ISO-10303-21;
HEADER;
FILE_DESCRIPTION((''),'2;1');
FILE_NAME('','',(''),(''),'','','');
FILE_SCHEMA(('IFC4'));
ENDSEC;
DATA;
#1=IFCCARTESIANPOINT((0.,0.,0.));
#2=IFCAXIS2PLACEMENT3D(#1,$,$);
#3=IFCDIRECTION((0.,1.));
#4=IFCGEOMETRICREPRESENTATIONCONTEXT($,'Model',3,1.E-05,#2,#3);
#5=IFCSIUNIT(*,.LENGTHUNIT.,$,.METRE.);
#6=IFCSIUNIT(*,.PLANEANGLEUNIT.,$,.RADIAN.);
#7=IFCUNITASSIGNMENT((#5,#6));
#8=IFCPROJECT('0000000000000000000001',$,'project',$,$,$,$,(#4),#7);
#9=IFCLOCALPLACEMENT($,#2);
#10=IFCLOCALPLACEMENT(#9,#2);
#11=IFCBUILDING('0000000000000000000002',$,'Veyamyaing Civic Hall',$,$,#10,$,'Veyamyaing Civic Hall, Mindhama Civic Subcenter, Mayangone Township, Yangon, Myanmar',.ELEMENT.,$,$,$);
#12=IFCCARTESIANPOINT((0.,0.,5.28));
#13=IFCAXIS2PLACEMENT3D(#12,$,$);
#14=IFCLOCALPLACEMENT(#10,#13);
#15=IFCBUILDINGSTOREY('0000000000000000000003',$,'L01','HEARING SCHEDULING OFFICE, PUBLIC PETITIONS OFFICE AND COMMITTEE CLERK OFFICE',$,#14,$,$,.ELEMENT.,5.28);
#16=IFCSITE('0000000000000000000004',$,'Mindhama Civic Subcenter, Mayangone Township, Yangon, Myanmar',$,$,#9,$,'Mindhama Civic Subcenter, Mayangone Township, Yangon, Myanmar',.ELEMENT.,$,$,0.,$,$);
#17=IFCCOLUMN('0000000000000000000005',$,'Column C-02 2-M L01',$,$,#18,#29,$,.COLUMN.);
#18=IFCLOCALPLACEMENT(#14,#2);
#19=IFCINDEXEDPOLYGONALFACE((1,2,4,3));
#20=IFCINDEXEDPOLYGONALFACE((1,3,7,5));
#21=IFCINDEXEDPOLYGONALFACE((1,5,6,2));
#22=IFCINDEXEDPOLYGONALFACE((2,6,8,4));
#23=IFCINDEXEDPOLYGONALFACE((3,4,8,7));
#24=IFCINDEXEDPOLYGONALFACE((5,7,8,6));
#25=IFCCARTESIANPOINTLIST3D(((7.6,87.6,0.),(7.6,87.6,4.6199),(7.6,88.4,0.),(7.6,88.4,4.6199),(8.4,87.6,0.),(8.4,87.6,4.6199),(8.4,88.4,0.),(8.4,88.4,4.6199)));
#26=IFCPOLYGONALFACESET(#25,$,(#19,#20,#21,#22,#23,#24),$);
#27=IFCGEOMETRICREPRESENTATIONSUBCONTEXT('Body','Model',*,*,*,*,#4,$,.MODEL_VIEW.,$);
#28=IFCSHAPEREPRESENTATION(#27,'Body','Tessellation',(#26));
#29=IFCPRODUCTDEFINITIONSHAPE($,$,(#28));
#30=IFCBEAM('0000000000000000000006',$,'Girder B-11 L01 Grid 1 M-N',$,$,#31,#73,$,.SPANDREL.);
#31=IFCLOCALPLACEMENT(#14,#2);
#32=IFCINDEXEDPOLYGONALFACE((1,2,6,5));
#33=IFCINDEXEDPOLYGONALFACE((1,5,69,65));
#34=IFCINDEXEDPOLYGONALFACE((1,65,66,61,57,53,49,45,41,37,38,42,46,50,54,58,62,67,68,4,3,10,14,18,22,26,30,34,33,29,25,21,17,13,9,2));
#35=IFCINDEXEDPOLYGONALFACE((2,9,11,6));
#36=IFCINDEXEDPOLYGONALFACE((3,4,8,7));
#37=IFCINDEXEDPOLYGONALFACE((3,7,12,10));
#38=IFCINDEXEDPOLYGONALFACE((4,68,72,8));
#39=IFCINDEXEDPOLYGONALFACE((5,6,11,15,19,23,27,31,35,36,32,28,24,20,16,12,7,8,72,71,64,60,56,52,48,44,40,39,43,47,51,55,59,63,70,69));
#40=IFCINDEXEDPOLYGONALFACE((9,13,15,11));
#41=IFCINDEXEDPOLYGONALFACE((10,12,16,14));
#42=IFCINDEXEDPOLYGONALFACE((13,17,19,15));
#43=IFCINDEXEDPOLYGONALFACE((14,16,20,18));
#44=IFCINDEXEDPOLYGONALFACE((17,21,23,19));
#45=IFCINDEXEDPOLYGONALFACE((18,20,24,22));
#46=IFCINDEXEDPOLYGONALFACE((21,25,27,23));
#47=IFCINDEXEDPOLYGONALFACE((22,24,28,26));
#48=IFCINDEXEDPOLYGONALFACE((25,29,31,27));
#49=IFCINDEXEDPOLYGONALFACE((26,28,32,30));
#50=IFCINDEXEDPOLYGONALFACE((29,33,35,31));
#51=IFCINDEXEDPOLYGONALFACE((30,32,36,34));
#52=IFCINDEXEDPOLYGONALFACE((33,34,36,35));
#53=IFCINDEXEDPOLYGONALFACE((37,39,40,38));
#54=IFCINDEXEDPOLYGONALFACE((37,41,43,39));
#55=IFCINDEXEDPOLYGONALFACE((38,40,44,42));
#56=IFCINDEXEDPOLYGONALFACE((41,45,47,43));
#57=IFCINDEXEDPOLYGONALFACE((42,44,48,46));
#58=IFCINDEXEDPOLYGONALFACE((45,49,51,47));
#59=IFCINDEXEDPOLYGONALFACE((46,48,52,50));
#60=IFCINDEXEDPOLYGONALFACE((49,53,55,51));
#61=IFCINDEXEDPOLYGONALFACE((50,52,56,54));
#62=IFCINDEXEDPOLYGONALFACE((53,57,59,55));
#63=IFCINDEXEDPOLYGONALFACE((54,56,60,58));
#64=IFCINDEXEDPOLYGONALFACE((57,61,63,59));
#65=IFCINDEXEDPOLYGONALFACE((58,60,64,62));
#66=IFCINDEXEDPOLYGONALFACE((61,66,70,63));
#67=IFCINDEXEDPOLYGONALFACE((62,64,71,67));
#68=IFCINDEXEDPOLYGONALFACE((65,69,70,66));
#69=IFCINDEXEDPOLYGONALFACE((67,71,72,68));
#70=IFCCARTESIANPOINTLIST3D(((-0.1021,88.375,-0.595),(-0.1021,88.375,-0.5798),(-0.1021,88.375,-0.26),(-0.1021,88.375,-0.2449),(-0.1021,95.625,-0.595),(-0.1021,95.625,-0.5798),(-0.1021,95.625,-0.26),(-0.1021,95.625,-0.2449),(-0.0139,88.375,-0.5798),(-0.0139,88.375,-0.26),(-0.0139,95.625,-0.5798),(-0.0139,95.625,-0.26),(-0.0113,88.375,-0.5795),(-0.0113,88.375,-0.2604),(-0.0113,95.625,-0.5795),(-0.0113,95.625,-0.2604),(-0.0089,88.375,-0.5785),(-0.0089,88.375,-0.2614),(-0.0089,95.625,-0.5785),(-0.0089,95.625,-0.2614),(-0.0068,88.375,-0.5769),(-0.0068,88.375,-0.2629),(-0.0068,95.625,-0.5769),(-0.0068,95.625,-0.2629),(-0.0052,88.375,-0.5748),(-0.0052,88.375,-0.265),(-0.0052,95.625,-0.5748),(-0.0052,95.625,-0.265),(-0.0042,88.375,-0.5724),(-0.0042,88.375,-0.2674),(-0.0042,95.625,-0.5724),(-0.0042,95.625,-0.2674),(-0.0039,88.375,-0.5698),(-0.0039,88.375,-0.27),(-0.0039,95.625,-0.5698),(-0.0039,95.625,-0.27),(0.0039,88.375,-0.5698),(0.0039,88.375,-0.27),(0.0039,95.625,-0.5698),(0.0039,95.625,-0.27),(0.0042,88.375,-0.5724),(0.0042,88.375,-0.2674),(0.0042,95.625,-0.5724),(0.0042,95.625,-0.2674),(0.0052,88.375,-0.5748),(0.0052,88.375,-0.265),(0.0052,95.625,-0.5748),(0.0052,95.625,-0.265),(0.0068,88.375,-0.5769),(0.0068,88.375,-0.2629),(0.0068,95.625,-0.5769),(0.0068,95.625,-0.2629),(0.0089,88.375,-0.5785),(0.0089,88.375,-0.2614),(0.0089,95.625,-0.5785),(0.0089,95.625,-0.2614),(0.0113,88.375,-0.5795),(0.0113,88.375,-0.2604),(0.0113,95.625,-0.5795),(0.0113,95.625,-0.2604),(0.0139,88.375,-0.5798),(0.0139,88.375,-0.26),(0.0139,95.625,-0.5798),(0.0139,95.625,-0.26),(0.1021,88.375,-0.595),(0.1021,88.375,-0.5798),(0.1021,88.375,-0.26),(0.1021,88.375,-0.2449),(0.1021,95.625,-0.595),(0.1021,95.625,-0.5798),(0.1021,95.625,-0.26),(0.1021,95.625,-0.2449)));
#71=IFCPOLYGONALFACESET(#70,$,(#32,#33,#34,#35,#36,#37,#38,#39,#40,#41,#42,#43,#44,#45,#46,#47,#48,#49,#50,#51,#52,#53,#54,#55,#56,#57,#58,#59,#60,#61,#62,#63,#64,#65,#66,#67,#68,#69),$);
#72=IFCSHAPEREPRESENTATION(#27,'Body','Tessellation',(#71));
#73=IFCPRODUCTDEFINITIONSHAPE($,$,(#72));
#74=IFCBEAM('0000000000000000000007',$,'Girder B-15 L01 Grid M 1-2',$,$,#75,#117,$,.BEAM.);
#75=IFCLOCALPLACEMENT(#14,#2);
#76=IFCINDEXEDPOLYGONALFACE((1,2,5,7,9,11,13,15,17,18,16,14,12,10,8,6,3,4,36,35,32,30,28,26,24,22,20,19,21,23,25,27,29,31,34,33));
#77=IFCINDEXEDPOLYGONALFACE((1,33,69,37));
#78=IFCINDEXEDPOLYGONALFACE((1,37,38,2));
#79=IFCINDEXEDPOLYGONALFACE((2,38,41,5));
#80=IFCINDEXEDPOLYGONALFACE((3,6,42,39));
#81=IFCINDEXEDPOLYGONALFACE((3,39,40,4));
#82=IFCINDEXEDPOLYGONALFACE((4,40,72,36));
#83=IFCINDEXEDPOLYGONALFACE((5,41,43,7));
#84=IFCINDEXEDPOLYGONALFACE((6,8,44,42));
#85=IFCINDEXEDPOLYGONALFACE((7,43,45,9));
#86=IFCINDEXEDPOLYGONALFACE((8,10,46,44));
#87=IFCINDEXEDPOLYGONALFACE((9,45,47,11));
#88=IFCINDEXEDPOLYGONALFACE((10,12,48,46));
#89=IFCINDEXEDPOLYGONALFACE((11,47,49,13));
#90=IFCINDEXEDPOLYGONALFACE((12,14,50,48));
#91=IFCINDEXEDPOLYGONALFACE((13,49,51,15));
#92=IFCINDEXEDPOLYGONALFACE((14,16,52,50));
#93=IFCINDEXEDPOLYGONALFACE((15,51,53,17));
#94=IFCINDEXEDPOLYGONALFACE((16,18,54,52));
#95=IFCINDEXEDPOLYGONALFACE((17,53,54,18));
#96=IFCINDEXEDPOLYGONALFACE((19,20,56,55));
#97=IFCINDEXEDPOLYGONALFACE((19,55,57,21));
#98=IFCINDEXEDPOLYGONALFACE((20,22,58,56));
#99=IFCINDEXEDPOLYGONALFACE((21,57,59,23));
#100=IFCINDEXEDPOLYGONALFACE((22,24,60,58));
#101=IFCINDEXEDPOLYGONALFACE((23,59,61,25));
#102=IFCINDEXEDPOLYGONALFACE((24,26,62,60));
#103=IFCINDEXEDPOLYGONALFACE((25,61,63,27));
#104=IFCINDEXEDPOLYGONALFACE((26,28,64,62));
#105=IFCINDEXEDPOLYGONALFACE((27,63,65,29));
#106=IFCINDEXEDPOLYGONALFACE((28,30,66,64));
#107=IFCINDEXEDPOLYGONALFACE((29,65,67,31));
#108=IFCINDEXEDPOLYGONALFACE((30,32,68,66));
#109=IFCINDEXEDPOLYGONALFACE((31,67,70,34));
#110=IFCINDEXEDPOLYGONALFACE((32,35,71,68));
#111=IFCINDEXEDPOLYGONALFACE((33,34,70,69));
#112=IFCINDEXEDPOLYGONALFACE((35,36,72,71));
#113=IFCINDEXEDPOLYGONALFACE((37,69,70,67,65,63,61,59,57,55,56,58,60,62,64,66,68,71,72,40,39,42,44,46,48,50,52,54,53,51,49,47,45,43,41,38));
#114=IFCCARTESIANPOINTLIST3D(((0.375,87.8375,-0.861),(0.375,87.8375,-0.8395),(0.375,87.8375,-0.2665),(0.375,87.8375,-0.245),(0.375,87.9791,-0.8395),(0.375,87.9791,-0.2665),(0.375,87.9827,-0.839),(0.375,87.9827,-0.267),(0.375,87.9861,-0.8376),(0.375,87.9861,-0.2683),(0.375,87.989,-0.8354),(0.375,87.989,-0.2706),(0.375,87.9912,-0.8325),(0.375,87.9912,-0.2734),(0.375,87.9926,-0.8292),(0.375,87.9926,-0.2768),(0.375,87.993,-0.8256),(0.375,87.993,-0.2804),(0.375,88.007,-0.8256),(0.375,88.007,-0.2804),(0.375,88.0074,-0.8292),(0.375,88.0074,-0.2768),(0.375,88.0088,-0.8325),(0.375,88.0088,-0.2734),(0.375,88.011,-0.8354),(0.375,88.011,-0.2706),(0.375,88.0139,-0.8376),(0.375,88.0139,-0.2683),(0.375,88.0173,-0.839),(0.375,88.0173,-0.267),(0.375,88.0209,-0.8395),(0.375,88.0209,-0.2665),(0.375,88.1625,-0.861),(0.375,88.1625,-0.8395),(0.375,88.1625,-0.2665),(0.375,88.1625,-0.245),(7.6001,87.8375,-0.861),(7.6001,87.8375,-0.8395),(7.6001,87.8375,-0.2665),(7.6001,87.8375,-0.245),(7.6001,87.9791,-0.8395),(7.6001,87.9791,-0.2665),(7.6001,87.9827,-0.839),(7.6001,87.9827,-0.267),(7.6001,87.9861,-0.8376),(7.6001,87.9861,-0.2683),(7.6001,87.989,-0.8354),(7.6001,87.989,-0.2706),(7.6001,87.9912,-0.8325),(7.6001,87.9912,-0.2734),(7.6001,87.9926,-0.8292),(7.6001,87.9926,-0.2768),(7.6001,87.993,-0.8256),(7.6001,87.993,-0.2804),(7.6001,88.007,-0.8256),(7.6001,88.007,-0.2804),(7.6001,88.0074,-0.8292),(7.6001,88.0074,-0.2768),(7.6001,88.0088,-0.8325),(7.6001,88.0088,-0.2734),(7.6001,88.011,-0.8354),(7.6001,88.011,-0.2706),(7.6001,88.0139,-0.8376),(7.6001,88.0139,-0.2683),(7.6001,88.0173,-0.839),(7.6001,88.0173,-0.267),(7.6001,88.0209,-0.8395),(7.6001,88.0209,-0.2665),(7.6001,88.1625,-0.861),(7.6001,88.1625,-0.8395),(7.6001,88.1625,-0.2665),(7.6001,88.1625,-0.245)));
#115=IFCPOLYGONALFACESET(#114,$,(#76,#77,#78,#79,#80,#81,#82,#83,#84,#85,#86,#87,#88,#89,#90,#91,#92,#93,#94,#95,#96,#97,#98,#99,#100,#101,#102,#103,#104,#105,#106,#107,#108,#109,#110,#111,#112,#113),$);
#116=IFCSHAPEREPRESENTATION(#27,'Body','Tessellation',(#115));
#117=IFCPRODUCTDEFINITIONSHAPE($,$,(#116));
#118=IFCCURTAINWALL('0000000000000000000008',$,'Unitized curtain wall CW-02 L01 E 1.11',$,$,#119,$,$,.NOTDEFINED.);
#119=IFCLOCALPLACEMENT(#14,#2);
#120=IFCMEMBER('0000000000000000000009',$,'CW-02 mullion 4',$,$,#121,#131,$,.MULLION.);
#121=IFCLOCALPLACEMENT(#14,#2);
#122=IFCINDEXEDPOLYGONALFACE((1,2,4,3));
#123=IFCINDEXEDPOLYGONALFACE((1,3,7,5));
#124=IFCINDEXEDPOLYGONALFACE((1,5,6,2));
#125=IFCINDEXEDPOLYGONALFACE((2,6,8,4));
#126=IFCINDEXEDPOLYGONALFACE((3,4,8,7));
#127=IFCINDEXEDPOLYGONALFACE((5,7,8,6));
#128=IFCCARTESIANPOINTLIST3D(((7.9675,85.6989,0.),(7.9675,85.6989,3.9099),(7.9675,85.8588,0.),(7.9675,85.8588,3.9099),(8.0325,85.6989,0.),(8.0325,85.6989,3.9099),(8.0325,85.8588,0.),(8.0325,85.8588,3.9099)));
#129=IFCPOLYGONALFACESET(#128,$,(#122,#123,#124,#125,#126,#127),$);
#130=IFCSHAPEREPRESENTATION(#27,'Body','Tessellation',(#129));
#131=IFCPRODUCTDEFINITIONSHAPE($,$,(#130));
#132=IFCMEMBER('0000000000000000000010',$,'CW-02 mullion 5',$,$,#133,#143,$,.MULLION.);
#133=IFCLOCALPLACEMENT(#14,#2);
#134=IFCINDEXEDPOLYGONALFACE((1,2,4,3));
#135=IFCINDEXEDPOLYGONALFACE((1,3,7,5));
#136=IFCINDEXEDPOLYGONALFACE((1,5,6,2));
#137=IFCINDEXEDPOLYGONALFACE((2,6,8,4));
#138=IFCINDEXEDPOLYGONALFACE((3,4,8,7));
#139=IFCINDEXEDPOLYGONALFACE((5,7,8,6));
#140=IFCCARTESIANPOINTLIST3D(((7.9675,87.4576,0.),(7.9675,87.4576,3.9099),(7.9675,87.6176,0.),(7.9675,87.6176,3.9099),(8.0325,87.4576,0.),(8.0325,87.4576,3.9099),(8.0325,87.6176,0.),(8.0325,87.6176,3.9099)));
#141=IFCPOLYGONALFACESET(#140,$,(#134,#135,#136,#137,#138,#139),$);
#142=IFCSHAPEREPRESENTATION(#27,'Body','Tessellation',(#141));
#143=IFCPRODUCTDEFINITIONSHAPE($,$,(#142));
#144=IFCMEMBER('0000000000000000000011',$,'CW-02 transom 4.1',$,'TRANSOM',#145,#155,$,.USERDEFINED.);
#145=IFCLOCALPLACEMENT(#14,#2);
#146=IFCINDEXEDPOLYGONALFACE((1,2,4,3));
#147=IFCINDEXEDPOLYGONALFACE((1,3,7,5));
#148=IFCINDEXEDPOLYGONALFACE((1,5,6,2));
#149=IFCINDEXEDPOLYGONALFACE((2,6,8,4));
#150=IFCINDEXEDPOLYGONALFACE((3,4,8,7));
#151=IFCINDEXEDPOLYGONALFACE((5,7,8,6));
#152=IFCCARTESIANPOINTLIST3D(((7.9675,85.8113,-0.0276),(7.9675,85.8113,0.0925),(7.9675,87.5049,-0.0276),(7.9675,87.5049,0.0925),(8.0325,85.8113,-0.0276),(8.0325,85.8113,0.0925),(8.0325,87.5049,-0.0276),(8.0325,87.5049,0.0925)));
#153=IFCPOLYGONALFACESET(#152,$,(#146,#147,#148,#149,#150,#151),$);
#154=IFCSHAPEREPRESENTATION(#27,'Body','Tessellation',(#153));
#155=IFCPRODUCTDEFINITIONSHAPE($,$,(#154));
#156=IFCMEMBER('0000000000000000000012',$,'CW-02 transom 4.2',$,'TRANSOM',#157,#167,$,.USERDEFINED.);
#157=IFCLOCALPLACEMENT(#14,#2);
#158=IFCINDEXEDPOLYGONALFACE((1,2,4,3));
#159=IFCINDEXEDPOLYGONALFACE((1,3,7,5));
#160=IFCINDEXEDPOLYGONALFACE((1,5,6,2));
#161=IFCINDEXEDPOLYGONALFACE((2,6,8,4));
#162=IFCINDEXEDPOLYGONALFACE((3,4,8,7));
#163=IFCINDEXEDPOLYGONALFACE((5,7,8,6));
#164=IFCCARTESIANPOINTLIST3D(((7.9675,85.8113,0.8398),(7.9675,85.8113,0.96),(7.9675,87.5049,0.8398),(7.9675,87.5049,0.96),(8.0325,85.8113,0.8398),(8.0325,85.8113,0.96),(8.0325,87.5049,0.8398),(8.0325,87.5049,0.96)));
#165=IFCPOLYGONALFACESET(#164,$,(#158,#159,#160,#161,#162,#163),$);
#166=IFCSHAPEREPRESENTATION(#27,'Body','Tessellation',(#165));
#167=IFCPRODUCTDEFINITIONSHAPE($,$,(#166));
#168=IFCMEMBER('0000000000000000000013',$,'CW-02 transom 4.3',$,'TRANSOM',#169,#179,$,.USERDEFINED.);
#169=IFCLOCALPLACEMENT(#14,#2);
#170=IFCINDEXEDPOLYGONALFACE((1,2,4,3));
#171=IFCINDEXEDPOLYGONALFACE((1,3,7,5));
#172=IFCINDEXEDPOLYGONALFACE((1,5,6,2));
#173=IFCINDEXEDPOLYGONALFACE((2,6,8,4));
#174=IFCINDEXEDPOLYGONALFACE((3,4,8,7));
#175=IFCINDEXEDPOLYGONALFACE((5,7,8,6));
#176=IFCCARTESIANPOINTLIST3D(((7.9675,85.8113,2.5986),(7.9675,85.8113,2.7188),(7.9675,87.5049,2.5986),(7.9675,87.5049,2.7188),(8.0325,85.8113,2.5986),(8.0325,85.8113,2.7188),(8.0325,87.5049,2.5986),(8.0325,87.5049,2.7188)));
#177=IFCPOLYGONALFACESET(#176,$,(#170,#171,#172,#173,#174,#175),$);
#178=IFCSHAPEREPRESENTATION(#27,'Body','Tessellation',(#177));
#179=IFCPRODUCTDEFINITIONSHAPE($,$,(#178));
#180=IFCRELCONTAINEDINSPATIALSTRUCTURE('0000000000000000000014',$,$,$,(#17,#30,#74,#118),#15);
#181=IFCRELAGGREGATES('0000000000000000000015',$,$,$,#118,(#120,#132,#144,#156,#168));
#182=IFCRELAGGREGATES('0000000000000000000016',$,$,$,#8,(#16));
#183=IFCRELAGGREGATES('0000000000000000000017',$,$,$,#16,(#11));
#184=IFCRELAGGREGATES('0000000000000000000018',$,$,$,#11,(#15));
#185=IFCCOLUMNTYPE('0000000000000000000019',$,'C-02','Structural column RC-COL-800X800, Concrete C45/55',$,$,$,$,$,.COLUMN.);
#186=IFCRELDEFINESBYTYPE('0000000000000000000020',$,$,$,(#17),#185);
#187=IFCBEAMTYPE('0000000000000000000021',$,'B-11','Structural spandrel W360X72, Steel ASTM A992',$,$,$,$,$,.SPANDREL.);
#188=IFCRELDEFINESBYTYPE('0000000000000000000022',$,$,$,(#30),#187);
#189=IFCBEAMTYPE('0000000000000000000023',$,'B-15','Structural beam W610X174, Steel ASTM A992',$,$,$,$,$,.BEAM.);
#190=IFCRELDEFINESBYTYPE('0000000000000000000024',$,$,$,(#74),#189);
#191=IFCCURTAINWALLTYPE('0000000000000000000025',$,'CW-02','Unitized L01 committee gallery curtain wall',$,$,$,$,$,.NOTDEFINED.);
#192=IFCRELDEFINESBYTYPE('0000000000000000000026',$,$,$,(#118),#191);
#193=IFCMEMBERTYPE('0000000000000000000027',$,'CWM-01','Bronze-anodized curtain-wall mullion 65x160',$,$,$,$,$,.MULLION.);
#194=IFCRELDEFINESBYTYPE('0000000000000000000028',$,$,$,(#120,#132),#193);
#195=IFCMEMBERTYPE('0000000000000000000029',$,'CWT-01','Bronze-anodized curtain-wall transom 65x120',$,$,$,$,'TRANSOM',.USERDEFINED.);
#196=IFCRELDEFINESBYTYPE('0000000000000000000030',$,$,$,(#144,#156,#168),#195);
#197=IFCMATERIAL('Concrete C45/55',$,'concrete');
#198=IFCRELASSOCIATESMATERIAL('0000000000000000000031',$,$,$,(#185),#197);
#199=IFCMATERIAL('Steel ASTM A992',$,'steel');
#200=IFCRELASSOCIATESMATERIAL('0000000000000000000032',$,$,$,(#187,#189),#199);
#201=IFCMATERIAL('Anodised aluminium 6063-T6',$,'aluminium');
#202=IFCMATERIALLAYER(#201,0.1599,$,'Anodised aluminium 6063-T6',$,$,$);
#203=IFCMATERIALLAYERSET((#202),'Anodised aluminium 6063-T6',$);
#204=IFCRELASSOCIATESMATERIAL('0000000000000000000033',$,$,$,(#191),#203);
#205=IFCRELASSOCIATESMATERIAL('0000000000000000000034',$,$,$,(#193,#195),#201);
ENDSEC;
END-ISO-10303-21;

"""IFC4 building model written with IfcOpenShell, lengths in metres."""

from ifc_helpers import new_model, si_unit, direction, frame, origin, origin_2d, place, context, subcontext, project, spatial, rectangle, i_section, extrude, material, layer, layer_set, material_profile, profile_set, type_object, element, aggregate, save


model = new_model("IFC4")

# Units and contexts
model_context = context("Model", 3, precision=1e-05, world=origin(), true_north=direction((0.0, 1.0)))
body_context = subcontext(model_context, "Body", "Model", "MODEL_VIEW")
ifc_project = project(units=[si_unit("LENGTHUNIT", "METRE"), si_unit("PLANEANGLEUNIT", "RADIAN")], contexts=[model_context])

# Site, building, storey
site_placement = place(None, origin())
site = spatial("IfcSite", under=ifc_project, at=site_placement, Name="Mindhama Civic Subcenter, Mayangone Township, Yangon, Myanmar", LongName="Mindhama Civic Subcenter, Mayangone Township, Yangon, Myanmar", CompositionType="ELEMENT", RefElevation=0.0)
building_placement = place(site_placement, origin())
building = spatial("IfcBuilding", under=site, at=building_placement, Name="Veyamyaing Civic Hall", LongName="Veyamyaing Civic Hall, Mindhama Civic Subcenter, Mayangone Township, Yangon, Myanmar", CompositionType="ELEMENT")
storey_placement = place(building_placement, frame((0.0, 0.0, 5.28)))
storey = spatial("IfcBuildingStorey", under=building, at=storey_placement, Name="L01", Description="HEARING SCHEDULING OFFICE, PUBLIC PETITIONS OFFICE AND COMMITTEE CLERK OFFICE", CompositionType="ELEMENT", Elevation=5.28)

# Column
ifc_material_1 = material(Name="Concrete C45/55", Category="concrete")
ifc_material_profile_1 = material_profile(ifc_material_1, rectangle(XDim=0.8, YDim=0.8, at=origin_2d()), Name="RC-COL-800X800")
ifc_profile_set_1 = profile_set([ifc_material_profile_1], Name="Concrete C45/55")
column_type = type_object("IfcColumnType", Name="C-02", Description="Structural column RC-COL-800X800, Concrete C45/55", PredefinedType="COLUMN", material=ifc_profile_set_1)
column_placement = place(storey_placement, frame((8.0, 88.0, 0.0), z_axis=(0.0, 0.0, 1.0), x_axis=(1.0, 0.0, 0.0)))
element("IfcColumn", 1, at=column_placement, inside=storey, type_object=column_type, Name="Column C-02 2-M L01", PredefinedType="COLUMN", context=body_context, shape_type="SweptSolid", body=[
    extrude(rectangle(XDim=0.8, YDim=0.8, at=origin_2d()), origin(), (0.0, 0.0, 1.0), 4.6199),
])

# Beams
ifc_material_2 = material(Name="Steel ASTM A992", Category="steel")
ifc_material_profile_2 = material_profile(ifc_material_2, i_section(OverallWidth=0.2041, OverallDepth=0.3501, WebThickness=0.0078, FlangeThickness=0.0151, FilletRadius=0.01, at=origin_2d()), Name="W360X72")
ifc_profile_set_2 = profile_set([ifc_material_profile_2], Name="Steel ASTM A992")
beam_type_1 = type_object("IfcBeamType", Name="B-11", Description="Structural spandrel W360X72, Steel ASTM A992", PredefinedType="SPANDREL", material=ifc_profile_set_2)
beam_1_placement = place(storey_placement, frame((0.0, 88.375, -0.4199), z_axis=(0.0, 1.0, 0.0), x_axis=(-1.0, 0.0, 0.0)))
element("IfcBeam", 2, at=beam_1_placement, inside=storey, type_object=beam_type_1, Name="Girder B-11 L01 Grid 1 M-N", PredefinedType="SPANDREL", context=body_context, shape_type="SweptSolid", body=[
    extrude(i_section(OverallWidth=0.2041, OverallDepth=0.3501, WebThickness=0.0078, FlangeThickness=0.0151, FilletRadius=0.01, at=origin_2d()), origin(), (0.0, 0.0, 1.0), 7.25),
])
ifc_material_profile_3 = material_profile(ifc_material_2, i_section(OverallWidth=0.325, OverallDepth=0.616, WebThickness=0.0139, FlangeThickness=0.0215, FilletRadius=0.0139, at=origin_2d()), Name="W610X174")
ifc_profile_set_3 = profile_set([ifc_material_profile_3], Name="Steel ASTM A992")
beam_type_2 = type_object("IfcBeamType", Name="B-15", Description="Structural beam W610X174, Steel ASTM A992", PredefinedType="BEAM", material=ifc_profile_set_3)
beam_2_placement = place(storey_placement, frame((0.375, 88.0, -0.553), z_axis=(1.0, 0.0, 0.0), x_axis=(0.0, 1.0, 0.0)))
element("IfcBeam", 3, at=beam_2_placement, inside=storey, type_object=beam_type_2, Name="Girder B-15 L01 Grid M 1-2", PredefinedType="BEAM", context=body_context, shape_type="SweptSolid", body=[
    extrude(i_section(OverallWidth=0.325, OverallDepth=0.616, WebThickness=0.0139, FlangeThickness=0.0215, FilletRadius=0.0139, at=origin_2d()), origin(), (0.0, 0.0, 1.0), 7.2251),
])

# Curtain wall, members
ifc_material_3 = material(Name="Anodised aluminium 6063-T6", Category="aluminium")
ifc_layer_1 = layer(ifc_material_3, 0.1599, Name="Anodised aluminium 6063-T6")
ifc_layer_set_1 = layer_set([ifc_layer_1], Name="Anodised aluminium 6063-T6")
curtain_wall_type = type_object("IfcCurtainWallType", Name="CW-02", Description="Unitized L01 committee gallery curtain wall", PredefinedType="NOTDEFINED", material=ifc_layer_set_1)
curtain_wall_placement = place(storey_placement, origin())
curtain_wall = element("IfcCurtainWall", 4, at=curtain_wall_placement, inside=storey, type_object=curtain_wall_type, Name="Unitized curtain wall CW-02 L01 E 1.11", PredefinedType="NOTDEFINED")
ifc_material_profile_4 = material_profile(ifc_material_3, rectangle(XDim=0.0649, YDim=0.1599, at=origin_2d()), Name="ALU-MUL-65X160")
ifc_profile_set_4 = profile_set([ifc_material_profile_4], Name="Anodised aluminium 6063-T6")
member_type_1 = type_object("IfcMemberType", Name="CWM-01", Description="Bronze-anodized curtain-wall mullion 65x160", PredefinedType="MULLION", material=ifc_profile_set_4)
member_1_placement = place(storey_placement, frame((8.0, 85.7788, 0.0), z_axis=(0.0, 0.0, 1.0), x_axis=(-1.0, 0.0, 0.0)))
member_1 = element("IfcMember", 5, at=member_1_placement, type_object=member_type_1, Name="CW-02 mullion 4", PredefinedType="MULLION", context=body_context, shape_type="SweptSolid", body=[
    extrude(rectangle(XDim=0.0649, YDim=0.1599, at=origin_2d()), origin(), (0.0, 0.0, 1.0), 3.9099),
])
member_2_placement = place(storey_placement, frame((8.0, 87.5376, 0.0), z_axis=(0.0, 0.0, 1.0), x_axis=(-1.0, 0.0, 0.0)))
member_2 = element("IfcMember", 6, at=member_2_placement, type_object=member_type_1, Name="CW-02 mullion 5", PredefinedType="MULLION", context=body_context, shape_type="SweptSolid", body=[
    extrude(rectangle(XDim=0.0649, YDim=0.1599, at=origin_2d()), origin(), (0.0, 0.0, 1.0), 3.9099),
])
ifc_material_profile_5 = material_profile(ifc_material_3, rectangle(XDim=0.0649, YDim=0.1201, at=origin_2d()), Name="ALU-TRN-65X120")
ifc_profile_set_5 = profile_set([ifc_material_profile_5], Name="Anodised aluminium 6063-T6")
member_type_2 = type_object("IfcMemberType", Name="CWT-01", Description="Bronze-anodized curtain-wall transom 65x120", ElementType="TRANSOM", PredefinedType="USERDEFINED", material=ifc_profile_set_5)
member_3_placement = place(storey_placement, frame((8.0, 85.8113, 0.0325), z_axis=(0.0, 1.0, 0.0), x_axis=(-1.0, 0.0, 0.0)))
member_3 = element("IfcMember", 7, at=member_3_placement, type_object=member_type_2, Name="CW-02 transom 4.1", ObjectType="TRANSOM", PredefinedType="USERDEFINED", context=body_context, shape_type="SweptSolid", body=[
    extrude(rectangle(XDim=0.0649, YDim=0.1201, at=origin_2d()), origin(), (0.0, 0.0, 1.0), 1.6936),
])
member_4_placement = place(storey_placement, frame((8.0, 85.8113, 0.8999), z_axis=(0.0, 1.0, 0.0), x_axis=(-1.0, 0.0, 0.0)))
member_4 = element("IfcMember", 8, at=member_4_placement, type_object=member_type_2, Name="CW-02 transom 4.2", ObjectType="TRANSOM", PredefinedType="USERDEFINED", context=body_context, shape_type="SweptSolid", body=[
    extrude(rectangle(XDim=0.0649, YDim=0.1201, at=origin_2d()), origin(), (0.0, 0.0, 1.0), 1.6936),
])
member_5_placement = place(storey_placement, frame((8.0, 85.8113, 2.6587), z_axis=(0.0, 1.0, 0.0), x_axis=(-1.0, 0.0, 0.0)))
member_5 = element("IfcMember", 9, at=member_5_placement, type_object=member_type_2, Name="CW-02 transom 4.3", ObjectType="TRANSOM", PredefinedType="USERDEFINED", context=body_context, shape_type="SweptSolid", body=[
    extrude(rectangle(XDim=0.0649, YDim=0.1201, at=origin_2d()), origin(), (0.0, 0.0, 1.0), 1.6936),
])

aggregate(curtain_wall, [member_1, member_2, member_3, member_4, member_5])

save(model, "model.ifc")
